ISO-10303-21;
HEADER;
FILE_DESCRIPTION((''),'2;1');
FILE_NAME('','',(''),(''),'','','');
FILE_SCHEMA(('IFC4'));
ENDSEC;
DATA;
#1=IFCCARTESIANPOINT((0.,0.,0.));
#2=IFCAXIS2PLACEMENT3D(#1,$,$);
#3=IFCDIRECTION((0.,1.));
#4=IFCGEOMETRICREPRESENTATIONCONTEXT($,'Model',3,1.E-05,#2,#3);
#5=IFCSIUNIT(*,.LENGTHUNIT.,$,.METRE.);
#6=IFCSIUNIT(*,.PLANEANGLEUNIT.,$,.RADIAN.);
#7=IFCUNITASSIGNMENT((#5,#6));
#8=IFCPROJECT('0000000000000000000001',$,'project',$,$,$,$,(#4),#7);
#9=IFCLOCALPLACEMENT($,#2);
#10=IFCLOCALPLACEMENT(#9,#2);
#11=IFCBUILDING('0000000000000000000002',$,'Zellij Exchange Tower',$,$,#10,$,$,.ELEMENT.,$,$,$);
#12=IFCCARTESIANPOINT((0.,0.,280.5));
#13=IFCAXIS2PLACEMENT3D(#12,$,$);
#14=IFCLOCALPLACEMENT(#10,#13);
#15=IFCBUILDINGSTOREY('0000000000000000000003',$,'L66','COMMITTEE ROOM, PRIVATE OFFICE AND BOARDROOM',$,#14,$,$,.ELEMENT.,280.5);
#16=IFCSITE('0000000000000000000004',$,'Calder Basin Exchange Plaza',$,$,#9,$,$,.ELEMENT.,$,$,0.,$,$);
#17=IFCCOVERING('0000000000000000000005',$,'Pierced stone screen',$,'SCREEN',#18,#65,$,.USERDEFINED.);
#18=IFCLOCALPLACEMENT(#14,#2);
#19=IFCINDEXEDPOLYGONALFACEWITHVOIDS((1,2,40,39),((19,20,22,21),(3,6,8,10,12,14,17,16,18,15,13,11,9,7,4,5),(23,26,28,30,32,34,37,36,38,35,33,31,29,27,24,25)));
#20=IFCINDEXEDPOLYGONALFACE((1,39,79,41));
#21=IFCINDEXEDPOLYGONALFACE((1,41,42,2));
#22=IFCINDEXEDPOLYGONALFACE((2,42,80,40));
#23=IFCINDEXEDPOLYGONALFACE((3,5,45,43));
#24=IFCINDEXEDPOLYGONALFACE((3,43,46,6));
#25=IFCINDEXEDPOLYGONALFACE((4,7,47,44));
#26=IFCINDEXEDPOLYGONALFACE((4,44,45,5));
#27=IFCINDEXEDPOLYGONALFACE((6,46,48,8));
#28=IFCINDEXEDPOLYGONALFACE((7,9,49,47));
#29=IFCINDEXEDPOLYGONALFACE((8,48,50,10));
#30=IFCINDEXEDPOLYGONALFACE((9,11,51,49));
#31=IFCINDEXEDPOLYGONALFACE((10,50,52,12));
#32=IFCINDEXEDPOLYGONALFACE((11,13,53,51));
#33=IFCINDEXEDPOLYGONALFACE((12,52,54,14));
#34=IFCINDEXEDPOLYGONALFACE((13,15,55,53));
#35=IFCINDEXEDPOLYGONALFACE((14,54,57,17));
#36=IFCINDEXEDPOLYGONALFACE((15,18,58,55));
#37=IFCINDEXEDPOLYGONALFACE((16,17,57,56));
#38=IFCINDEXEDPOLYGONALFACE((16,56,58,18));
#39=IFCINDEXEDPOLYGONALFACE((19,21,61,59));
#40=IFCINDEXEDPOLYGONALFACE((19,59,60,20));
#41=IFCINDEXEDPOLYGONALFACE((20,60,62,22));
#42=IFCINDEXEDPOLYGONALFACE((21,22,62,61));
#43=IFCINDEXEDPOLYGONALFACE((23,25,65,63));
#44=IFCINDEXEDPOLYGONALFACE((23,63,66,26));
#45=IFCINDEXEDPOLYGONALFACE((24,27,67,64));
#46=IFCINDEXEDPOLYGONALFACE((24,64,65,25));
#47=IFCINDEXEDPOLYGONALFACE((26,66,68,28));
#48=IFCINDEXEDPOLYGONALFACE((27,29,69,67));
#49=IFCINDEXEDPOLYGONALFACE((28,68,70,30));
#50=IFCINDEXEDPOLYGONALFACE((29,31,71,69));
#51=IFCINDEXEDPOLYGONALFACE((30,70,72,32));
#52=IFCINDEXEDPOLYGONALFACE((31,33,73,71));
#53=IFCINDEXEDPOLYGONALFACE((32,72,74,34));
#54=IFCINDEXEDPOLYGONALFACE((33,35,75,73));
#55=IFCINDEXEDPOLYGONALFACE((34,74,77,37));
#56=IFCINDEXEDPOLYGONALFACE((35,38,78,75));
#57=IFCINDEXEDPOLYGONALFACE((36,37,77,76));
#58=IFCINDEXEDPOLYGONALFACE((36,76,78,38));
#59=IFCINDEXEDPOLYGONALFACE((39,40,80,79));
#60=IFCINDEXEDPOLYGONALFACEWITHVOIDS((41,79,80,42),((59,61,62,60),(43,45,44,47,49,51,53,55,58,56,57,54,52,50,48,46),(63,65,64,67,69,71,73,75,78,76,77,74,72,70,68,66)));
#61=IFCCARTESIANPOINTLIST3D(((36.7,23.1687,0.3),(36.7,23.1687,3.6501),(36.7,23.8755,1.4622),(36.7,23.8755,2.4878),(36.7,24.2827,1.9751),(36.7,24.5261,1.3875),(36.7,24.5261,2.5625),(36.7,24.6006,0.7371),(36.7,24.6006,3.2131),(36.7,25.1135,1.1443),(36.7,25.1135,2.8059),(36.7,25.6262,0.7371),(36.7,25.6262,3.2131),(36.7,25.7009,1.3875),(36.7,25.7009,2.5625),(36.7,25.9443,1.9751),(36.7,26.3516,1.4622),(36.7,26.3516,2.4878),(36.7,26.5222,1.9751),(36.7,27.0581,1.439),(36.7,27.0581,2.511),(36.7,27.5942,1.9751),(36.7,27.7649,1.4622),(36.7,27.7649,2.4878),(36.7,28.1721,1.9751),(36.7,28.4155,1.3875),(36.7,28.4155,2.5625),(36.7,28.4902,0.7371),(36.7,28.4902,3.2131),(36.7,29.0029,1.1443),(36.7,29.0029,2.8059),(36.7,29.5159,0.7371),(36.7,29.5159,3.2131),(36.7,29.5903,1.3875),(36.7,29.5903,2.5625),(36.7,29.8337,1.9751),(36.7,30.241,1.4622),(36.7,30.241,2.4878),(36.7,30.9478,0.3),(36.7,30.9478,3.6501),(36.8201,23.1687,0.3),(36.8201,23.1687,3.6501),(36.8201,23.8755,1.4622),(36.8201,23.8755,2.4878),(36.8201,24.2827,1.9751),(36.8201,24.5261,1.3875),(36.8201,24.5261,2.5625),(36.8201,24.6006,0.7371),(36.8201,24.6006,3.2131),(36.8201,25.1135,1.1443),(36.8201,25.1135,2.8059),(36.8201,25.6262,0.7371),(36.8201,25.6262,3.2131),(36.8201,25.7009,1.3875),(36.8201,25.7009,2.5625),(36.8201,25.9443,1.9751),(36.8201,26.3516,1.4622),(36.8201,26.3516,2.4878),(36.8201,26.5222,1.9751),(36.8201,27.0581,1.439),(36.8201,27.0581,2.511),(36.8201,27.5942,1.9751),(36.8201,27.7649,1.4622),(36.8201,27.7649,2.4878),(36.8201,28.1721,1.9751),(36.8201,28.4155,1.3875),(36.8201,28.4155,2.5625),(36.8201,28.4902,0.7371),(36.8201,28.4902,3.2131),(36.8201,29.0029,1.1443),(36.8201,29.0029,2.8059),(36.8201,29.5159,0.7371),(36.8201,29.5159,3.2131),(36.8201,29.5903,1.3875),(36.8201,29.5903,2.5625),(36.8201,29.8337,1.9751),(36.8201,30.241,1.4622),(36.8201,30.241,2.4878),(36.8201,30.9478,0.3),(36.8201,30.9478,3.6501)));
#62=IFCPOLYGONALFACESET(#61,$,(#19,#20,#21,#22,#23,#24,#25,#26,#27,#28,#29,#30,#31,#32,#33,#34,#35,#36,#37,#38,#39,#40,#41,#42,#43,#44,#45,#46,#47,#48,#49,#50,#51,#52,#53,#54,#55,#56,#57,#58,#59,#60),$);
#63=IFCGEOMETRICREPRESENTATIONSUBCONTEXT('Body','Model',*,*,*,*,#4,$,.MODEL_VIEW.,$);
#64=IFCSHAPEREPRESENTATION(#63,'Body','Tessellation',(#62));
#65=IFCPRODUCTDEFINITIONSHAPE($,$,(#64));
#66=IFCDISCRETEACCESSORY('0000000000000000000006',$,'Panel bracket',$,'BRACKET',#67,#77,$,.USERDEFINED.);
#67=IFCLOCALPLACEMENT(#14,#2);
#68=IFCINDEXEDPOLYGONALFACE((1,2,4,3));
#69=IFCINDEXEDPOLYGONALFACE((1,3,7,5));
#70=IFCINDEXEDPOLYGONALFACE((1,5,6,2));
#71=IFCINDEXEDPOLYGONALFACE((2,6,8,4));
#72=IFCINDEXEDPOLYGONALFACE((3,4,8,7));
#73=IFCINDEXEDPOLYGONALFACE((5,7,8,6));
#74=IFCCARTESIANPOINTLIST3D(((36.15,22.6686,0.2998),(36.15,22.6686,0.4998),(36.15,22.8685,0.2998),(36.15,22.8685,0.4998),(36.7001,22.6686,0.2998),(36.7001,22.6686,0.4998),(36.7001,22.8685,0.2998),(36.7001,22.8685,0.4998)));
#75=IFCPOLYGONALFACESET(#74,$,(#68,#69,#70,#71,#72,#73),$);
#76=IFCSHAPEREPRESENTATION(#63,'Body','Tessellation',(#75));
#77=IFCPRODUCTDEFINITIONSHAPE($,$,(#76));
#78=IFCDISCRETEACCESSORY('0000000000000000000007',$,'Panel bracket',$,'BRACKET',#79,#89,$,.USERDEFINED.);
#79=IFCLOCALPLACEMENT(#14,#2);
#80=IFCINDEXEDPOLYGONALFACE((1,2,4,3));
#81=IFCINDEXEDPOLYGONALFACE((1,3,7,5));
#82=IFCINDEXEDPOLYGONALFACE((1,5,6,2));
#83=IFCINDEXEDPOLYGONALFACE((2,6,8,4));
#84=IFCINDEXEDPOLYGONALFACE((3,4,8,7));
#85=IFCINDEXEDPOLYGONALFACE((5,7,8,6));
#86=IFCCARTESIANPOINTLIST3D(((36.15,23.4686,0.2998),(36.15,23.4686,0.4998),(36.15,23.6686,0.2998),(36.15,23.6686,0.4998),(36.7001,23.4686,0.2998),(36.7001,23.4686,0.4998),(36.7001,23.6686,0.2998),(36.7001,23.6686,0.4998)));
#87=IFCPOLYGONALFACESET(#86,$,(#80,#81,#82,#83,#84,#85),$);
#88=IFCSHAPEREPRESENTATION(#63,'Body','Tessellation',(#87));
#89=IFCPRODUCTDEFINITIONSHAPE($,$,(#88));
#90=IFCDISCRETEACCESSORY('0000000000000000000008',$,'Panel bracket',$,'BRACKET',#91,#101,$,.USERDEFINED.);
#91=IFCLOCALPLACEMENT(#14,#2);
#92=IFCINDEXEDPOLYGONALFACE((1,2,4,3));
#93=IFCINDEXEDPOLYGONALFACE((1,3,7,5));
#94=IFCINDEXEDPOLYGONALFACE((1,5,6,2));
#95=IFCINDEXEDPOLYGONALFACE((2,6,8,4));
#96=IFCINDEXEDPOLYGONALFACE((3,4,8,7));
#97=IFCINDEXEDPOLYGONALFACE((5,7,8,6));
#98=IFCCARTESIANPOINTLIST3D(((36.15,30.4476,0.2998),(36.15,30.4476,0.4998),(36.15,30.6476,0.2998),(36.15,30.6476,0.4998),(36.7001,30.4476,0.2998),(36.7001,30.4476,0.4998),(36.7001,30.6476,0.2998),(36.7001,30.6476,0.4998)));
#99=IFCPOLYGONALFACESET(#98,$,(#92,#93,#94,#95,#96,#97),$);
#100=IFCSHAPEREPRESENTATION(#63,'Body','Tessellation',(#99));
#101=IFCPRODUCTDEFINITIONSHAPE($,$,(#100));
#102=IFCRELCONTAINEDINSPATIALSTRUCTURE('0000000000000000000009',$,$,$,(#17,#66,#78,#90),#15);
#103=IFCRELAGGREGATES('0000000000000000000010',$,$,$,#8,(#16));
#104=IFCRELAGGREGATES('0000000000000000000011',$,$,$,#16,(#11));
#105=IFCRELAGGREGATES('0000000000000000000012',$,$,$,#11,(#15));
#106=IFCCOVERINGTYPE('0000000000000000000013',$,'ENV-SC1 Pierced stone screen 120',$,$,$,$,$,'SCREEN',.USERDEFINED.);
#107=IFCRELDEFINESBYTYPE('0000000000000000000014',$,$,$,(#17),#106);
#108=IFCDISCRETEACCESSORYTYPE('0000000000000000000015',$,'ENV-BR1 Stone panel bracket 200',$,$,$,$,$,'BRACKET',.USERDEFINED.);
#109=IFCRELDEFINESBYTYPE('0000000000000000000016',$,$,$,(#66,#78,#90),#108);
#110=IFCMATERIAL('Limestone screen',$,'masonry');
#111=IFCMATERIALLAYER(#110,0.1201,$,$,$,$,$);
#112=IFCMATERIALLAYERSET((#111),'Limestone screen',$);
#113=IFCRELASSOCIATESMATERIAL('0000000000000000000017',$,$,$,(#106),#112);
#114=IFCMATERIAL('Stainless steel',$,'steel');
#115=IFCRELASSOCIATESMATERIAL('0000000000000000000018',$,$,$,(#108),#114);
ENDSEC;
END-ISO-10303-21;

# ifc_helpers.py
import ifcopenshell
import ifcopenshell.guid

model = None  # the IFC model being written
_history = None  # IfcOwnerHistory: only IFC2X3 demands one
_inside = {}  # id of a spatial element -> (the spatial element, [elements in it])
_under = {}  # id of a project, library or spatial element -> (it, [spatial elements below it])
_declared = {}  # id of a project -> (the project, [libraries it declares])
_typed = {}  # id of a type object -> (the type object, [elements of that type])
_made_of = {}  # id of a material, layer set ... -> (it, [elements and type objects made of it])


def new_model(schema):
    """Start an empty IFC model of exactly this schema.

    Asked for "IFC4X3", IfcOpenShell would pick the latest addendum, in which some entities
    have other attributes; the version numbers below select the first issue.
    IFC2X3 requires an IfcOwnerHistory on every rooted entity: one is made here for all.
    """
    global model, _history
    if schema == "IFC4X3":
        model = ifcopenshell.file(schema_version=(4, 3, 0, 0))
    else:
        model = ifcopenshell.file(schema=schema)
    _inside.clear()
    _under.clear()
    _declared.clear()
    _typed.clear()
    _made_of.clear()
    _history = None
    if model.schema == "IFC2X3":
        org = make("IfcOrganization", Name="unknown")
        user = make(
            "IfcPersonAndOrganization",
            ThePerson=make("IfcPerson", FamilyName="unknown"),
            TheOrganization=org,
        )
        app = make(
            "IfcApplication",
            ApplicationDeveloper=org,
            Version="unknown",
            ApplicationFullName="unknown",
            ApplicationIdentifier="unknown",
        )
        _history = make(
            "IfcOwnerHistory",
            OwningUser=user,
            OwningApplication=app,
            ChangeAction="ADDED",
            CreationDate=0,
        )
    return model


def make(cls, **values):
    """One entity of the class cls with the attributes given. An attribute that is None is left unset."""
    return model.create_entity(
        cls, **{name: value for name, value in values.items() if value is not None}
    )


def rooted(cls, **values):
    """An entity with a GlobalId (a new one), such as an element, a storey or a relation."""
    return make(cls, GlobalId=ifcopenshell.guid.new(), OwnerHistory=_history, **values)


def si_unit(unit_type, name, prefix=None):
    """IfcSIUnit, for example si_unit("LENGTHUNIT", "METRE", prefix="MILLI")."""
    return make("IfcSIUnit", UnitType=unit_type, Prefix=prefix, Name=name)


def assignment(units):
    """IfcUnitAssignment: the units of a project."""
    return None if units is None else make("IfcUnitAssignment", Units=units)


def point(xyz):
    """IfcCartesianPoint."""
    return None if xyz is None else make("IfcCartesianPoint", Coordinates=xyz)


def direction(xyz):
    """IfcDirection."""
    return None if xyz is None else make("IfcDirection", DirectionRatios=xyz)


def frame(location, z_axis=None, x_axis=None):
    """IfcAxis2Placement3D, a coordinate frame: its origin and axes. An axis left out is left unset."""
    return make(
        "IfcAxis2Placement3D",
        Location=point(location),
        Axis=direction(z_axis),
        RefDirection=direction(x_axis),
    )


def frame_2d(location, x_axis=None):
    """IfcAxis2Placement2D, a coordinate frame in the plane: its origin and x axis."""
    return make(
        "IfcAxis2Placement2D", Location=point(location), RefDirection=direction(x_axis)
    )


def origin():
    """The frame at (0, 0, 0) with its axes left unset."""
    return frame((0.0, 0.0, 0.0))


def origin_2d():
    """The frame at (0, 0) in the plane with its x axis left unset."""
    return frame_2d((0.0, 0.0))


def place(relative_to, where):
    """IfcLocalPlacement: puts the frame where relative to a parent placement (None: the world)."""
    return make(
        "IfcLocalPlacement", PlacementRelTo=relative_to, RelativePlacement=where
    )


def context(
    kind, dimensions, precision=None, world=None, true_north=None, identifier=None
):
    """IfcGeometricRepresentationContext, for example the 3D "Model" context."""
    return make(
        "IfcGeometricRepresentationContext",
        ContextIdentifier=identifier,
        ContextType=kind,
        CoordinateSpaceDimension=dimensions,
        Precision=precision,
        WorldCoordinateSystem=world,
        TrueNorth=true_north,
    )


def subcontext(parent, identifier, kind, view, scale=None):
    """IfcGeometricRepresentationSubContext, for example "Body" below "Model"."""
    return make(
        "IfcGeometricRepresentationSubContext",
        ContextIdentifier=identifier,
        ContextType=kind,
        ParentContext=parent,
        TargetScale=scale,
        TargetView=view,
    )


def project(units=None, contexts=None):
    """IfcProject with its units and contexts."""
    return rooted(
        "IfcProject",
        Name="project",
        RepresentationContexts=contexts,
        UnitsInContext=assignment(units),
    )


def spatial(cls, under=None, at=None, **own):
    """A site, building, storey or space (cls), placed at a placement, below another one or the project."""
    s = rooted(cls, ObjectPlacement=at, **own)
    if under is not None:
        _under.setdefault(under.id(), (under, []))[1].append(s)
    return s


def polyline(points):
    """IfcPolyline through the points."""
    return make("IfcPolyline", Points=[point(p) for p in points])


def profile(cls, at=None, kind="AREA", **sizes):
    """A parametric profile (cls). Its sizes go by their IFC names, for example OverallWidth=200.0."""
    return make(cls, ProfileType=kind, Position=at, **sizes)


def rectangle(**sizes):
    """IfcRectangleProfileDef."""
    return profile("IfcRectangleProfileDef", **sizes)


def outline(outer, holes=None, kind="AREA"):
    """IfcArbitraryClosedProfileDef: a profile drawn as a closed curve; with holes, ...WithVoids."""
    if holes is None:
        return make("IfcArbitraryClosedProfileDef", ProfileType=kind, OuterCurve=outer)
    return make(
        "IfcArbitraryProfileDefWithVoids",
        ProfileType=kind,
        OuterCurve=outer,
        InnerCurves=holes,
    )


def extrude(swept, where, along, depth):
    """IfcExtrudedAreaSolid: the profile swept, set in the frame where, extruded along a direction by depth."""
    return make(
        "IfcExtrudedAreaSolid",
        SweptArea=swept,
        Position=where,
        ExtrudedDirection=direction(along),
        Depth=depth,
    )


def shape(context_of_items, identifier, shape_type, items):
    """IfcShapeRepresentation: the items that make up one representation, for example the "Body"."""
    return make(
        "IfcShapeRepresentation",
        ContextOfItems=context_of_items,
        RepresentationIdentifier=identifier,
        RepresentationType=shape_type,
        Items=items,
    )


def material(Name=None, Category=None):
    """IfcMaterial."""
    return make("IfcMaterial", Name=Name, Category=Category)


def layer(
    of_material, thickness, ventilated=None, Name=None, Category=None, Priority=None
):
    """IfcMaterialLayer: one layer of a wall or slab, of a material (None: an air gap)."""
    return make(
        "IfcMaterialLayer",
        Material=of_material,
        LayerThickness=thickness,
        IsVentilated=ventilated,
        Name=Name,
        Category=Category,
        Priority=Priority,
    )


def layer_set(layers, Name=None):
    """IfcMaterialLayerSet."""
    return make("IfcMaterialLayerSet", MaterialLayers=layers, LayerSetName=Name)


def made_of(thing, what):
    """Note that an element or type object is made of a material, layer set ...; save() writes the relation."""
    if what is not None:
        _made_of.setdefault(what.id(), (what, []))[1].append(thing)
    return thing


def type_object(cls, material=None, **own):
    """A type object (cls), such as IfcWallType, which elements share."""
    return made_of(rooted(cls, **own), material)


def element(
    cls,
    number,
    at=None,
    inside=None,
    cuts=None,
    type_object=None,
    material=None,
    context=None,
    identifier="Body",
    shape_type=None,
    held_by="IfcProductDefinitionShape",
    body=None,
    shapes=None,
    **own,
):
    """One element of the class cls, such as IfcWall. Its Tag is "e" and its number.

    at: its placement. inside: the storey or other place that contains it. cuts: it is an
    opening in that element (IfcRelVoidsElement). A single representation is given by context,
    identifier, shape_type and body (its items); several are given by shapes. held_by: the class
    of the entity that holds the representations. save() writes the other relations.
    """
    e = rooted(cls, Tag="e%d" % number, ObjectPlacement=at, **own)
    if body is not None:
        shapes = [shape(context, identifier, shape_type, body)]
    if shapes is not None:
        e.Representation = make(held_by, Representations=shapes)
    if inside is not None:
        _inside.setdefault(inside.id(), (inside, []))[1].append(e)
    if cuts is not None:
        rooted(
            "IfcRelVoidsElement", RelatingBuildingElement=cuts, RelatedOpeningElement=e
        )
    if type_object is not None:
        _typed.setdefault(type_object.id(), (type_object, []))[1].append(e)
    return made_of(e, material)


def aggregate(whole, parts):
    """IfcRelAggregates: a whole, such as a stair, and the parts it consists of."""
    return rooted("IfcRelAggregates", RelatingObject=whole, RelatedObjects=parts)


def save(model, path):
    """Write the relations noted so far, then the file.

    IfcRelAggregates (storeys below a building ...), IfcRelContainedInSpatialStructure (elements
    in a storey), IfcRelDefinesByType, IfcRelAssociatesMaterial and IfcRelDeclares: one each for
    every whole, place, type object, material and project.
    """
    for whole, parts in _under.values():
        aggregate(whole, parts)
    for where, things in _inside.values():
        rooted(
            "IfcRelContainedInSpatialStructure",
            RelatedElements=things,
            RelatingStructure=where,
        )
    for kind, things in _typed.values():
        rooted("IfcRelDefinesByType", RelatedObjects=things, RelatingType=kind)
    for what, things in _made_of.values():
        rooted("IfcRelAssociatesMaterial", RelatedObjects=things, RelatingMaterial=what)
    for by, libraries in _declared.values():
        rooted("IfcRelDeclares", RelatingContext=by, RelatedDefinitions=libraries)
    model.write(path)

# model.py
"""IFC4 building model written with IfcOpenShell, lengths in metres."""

from ifc_helpers import new_model, si_unit, direction, frame, origin, origin_2d, place, context, subcontext, project, spatial, polyline, rectangle, outline, extrude, material, layer, layer_set, type_object, element, save


model = new_model("IFC4")

# Units and contexts
model_context = context("Model", 3, precision=1e-05, world=origin(), true_north=direction((0.0, 1.0)))
body_context = subcontext(model_context, "Body", "Model", "MODEL_VIEW")
ifc_project = project(units=[si_unit("LENGTHUNIT", "METRE"), si_unit("PLANEANGLEUNIT", "RADIAN")], contexts=[model_context])

# Site, building, storey
site_placement = place(None, origin())
site = spatial("IfcSite", under=ifc_project, at=site_placement, Name="Calder Basin Exchange Plaza", CompositionType="ELEMENT", RefElevation=0.0)
building_placement = place(site_placement, origin())
building = spatial("IfcBuilding", under=site, at=building_placement, Name="Zellij Exchange Tower", CompositionType="ELEMENT")
storey_placement = place(building_placement, frame((0.0, 0.0, 280.5)))
storey = spatial("IfcBuildingStorey", under=building, at=storey_placement, Name="L66", Description="COMMITTEE ROOM, PRIVATE OFFICE AND BOARDROOM", CompositionType="ELEMENT", Elevation=280.5)

# Covering
ifc_material_1 = material(Name="Limestone screen", Category="masonry")
ifc_layer_1 = layer(ifc_material_1, 0.1201)
ifc_layer_set_1 = layer_set([ifc_layer_1], Name="Limestone screen")
covering_type = type_object("IfcCoveringType", Name="ENV-SC1 Pierced stone screen 120", ElementType="SCREEN", PredefinedType="USERDEFINED", material=ifc_layer_set_1)
covering_placement = place(storey_placement, frame((36.76, 23.1687, 0.3), z_axis=(0.0, 0.0, 1.0), x_axis=(0.0, 1.0, 0.0)))
element("IfcCovering", 1, at=covering_placement, inside=storey, type_object=covering_type, Name="Pierced stone screen", ObjectType="SCREEN", PredefinedType="USERDEFINED", context=body_context, shape_type="SweptSolid", body=[
    extrude(outline(polyline([(0.0, 0.0), (7.7791, 0.0), (7.7791, 3.3501), (0.0, 3.3501), (0.0, 0.0)]), holes=[polyline([(3.1829, 2.1877), (2.5322, 2.2625), (2.4575, 2.9131), (1.9448, 2.5059), (1.4319, 2.9131), (1.3574, 2.2625), (0.7068, 2.1877), (1.114, 1.675), (0.7068, 1.1621), (1.3574, 1.0874), (1.4319, 0.437), (1.9448, 0.8442), (2.4575, 0.437), (2.5322, 1.0874), (3.1829, 1.1621), (2.7756, 1.675), (3.1829, 2.1877)]), polyline([(7.0723, 2.1877), (6.4216, 2.2625), (6.3472, 2.9131), (5.8342, 2.5059), (5.3215, 2.9131), (5.2468, 2.2625), (4.5962, 2.1877), (5.0034, 1.675), (4.5962, 1.1621), (5.2468, 1.0874), (5.3215, 0.437), (5.8342, 0.8442), (6.3472, 0.437), (6.4216, 1.0874), (7.0723, 1.1621), (6.665, 1.675), (7.0723, 2.1877)]), polyline([(4.4255, 1.675), (3.8894, 2.2109), (3.3535, 1.675), (3.8894, 1.1389), (4.4255, 1.675)])]), frame((0.0, 0.0601, 0.0), z_axis=(0.0, -1.0, 0.0), x_axis=(1.0, 0.0, 0.0)), (0.0, 0.0, 1.0), 0.1201),
])

# Discrete accessories
ifc_material_2 = material(Name="Stainless steel", Category="steel")
discrete_accessory_type = type_object("IfcDiscreteAccessoryType", Name="ENV-BR1 Stone panel bracket 200", ElementType="BRACKET", PredefinedType="USERDEFINED", material=ifc_material_2)
for number, where, z_axis, x_axis, name in (
    (2, (36.425, 22.7686, 0.2998), (0.0, 0.0, 1.0), (0.0, 1.0, 0.0), "Panel bracket"),
    (3, (36.425, 23.5686, 0.2998), (0.0, 0.0, 1.0), (0.0, 1.0, 0.0), "Panel bracket"),
    (4, (36.425, 30.5476, 0.2998), (0.0, 0.0, 1.0), (0.0, 1.0, 0.0), "Panel bracket"),
):
    element("IfcDiscreteAccessory", number, at=place(storey_placement, frame(where, z_axis=z_axis, x_axis=x_axis)), inside=storey, type_object=discrete_accessory_type, Name=name, ObjectType="BRACKET", PredefinedType="USERDEFINED", context=body_context, shape_type="SweptSolid", body=[
        extrude(rectangle(XDim=0.2, YDim=0.55, at=origin_2d()), origin(), (0.0, 0.0, 1.0), 0.2),
    ])

save(model, "model.ifc")
